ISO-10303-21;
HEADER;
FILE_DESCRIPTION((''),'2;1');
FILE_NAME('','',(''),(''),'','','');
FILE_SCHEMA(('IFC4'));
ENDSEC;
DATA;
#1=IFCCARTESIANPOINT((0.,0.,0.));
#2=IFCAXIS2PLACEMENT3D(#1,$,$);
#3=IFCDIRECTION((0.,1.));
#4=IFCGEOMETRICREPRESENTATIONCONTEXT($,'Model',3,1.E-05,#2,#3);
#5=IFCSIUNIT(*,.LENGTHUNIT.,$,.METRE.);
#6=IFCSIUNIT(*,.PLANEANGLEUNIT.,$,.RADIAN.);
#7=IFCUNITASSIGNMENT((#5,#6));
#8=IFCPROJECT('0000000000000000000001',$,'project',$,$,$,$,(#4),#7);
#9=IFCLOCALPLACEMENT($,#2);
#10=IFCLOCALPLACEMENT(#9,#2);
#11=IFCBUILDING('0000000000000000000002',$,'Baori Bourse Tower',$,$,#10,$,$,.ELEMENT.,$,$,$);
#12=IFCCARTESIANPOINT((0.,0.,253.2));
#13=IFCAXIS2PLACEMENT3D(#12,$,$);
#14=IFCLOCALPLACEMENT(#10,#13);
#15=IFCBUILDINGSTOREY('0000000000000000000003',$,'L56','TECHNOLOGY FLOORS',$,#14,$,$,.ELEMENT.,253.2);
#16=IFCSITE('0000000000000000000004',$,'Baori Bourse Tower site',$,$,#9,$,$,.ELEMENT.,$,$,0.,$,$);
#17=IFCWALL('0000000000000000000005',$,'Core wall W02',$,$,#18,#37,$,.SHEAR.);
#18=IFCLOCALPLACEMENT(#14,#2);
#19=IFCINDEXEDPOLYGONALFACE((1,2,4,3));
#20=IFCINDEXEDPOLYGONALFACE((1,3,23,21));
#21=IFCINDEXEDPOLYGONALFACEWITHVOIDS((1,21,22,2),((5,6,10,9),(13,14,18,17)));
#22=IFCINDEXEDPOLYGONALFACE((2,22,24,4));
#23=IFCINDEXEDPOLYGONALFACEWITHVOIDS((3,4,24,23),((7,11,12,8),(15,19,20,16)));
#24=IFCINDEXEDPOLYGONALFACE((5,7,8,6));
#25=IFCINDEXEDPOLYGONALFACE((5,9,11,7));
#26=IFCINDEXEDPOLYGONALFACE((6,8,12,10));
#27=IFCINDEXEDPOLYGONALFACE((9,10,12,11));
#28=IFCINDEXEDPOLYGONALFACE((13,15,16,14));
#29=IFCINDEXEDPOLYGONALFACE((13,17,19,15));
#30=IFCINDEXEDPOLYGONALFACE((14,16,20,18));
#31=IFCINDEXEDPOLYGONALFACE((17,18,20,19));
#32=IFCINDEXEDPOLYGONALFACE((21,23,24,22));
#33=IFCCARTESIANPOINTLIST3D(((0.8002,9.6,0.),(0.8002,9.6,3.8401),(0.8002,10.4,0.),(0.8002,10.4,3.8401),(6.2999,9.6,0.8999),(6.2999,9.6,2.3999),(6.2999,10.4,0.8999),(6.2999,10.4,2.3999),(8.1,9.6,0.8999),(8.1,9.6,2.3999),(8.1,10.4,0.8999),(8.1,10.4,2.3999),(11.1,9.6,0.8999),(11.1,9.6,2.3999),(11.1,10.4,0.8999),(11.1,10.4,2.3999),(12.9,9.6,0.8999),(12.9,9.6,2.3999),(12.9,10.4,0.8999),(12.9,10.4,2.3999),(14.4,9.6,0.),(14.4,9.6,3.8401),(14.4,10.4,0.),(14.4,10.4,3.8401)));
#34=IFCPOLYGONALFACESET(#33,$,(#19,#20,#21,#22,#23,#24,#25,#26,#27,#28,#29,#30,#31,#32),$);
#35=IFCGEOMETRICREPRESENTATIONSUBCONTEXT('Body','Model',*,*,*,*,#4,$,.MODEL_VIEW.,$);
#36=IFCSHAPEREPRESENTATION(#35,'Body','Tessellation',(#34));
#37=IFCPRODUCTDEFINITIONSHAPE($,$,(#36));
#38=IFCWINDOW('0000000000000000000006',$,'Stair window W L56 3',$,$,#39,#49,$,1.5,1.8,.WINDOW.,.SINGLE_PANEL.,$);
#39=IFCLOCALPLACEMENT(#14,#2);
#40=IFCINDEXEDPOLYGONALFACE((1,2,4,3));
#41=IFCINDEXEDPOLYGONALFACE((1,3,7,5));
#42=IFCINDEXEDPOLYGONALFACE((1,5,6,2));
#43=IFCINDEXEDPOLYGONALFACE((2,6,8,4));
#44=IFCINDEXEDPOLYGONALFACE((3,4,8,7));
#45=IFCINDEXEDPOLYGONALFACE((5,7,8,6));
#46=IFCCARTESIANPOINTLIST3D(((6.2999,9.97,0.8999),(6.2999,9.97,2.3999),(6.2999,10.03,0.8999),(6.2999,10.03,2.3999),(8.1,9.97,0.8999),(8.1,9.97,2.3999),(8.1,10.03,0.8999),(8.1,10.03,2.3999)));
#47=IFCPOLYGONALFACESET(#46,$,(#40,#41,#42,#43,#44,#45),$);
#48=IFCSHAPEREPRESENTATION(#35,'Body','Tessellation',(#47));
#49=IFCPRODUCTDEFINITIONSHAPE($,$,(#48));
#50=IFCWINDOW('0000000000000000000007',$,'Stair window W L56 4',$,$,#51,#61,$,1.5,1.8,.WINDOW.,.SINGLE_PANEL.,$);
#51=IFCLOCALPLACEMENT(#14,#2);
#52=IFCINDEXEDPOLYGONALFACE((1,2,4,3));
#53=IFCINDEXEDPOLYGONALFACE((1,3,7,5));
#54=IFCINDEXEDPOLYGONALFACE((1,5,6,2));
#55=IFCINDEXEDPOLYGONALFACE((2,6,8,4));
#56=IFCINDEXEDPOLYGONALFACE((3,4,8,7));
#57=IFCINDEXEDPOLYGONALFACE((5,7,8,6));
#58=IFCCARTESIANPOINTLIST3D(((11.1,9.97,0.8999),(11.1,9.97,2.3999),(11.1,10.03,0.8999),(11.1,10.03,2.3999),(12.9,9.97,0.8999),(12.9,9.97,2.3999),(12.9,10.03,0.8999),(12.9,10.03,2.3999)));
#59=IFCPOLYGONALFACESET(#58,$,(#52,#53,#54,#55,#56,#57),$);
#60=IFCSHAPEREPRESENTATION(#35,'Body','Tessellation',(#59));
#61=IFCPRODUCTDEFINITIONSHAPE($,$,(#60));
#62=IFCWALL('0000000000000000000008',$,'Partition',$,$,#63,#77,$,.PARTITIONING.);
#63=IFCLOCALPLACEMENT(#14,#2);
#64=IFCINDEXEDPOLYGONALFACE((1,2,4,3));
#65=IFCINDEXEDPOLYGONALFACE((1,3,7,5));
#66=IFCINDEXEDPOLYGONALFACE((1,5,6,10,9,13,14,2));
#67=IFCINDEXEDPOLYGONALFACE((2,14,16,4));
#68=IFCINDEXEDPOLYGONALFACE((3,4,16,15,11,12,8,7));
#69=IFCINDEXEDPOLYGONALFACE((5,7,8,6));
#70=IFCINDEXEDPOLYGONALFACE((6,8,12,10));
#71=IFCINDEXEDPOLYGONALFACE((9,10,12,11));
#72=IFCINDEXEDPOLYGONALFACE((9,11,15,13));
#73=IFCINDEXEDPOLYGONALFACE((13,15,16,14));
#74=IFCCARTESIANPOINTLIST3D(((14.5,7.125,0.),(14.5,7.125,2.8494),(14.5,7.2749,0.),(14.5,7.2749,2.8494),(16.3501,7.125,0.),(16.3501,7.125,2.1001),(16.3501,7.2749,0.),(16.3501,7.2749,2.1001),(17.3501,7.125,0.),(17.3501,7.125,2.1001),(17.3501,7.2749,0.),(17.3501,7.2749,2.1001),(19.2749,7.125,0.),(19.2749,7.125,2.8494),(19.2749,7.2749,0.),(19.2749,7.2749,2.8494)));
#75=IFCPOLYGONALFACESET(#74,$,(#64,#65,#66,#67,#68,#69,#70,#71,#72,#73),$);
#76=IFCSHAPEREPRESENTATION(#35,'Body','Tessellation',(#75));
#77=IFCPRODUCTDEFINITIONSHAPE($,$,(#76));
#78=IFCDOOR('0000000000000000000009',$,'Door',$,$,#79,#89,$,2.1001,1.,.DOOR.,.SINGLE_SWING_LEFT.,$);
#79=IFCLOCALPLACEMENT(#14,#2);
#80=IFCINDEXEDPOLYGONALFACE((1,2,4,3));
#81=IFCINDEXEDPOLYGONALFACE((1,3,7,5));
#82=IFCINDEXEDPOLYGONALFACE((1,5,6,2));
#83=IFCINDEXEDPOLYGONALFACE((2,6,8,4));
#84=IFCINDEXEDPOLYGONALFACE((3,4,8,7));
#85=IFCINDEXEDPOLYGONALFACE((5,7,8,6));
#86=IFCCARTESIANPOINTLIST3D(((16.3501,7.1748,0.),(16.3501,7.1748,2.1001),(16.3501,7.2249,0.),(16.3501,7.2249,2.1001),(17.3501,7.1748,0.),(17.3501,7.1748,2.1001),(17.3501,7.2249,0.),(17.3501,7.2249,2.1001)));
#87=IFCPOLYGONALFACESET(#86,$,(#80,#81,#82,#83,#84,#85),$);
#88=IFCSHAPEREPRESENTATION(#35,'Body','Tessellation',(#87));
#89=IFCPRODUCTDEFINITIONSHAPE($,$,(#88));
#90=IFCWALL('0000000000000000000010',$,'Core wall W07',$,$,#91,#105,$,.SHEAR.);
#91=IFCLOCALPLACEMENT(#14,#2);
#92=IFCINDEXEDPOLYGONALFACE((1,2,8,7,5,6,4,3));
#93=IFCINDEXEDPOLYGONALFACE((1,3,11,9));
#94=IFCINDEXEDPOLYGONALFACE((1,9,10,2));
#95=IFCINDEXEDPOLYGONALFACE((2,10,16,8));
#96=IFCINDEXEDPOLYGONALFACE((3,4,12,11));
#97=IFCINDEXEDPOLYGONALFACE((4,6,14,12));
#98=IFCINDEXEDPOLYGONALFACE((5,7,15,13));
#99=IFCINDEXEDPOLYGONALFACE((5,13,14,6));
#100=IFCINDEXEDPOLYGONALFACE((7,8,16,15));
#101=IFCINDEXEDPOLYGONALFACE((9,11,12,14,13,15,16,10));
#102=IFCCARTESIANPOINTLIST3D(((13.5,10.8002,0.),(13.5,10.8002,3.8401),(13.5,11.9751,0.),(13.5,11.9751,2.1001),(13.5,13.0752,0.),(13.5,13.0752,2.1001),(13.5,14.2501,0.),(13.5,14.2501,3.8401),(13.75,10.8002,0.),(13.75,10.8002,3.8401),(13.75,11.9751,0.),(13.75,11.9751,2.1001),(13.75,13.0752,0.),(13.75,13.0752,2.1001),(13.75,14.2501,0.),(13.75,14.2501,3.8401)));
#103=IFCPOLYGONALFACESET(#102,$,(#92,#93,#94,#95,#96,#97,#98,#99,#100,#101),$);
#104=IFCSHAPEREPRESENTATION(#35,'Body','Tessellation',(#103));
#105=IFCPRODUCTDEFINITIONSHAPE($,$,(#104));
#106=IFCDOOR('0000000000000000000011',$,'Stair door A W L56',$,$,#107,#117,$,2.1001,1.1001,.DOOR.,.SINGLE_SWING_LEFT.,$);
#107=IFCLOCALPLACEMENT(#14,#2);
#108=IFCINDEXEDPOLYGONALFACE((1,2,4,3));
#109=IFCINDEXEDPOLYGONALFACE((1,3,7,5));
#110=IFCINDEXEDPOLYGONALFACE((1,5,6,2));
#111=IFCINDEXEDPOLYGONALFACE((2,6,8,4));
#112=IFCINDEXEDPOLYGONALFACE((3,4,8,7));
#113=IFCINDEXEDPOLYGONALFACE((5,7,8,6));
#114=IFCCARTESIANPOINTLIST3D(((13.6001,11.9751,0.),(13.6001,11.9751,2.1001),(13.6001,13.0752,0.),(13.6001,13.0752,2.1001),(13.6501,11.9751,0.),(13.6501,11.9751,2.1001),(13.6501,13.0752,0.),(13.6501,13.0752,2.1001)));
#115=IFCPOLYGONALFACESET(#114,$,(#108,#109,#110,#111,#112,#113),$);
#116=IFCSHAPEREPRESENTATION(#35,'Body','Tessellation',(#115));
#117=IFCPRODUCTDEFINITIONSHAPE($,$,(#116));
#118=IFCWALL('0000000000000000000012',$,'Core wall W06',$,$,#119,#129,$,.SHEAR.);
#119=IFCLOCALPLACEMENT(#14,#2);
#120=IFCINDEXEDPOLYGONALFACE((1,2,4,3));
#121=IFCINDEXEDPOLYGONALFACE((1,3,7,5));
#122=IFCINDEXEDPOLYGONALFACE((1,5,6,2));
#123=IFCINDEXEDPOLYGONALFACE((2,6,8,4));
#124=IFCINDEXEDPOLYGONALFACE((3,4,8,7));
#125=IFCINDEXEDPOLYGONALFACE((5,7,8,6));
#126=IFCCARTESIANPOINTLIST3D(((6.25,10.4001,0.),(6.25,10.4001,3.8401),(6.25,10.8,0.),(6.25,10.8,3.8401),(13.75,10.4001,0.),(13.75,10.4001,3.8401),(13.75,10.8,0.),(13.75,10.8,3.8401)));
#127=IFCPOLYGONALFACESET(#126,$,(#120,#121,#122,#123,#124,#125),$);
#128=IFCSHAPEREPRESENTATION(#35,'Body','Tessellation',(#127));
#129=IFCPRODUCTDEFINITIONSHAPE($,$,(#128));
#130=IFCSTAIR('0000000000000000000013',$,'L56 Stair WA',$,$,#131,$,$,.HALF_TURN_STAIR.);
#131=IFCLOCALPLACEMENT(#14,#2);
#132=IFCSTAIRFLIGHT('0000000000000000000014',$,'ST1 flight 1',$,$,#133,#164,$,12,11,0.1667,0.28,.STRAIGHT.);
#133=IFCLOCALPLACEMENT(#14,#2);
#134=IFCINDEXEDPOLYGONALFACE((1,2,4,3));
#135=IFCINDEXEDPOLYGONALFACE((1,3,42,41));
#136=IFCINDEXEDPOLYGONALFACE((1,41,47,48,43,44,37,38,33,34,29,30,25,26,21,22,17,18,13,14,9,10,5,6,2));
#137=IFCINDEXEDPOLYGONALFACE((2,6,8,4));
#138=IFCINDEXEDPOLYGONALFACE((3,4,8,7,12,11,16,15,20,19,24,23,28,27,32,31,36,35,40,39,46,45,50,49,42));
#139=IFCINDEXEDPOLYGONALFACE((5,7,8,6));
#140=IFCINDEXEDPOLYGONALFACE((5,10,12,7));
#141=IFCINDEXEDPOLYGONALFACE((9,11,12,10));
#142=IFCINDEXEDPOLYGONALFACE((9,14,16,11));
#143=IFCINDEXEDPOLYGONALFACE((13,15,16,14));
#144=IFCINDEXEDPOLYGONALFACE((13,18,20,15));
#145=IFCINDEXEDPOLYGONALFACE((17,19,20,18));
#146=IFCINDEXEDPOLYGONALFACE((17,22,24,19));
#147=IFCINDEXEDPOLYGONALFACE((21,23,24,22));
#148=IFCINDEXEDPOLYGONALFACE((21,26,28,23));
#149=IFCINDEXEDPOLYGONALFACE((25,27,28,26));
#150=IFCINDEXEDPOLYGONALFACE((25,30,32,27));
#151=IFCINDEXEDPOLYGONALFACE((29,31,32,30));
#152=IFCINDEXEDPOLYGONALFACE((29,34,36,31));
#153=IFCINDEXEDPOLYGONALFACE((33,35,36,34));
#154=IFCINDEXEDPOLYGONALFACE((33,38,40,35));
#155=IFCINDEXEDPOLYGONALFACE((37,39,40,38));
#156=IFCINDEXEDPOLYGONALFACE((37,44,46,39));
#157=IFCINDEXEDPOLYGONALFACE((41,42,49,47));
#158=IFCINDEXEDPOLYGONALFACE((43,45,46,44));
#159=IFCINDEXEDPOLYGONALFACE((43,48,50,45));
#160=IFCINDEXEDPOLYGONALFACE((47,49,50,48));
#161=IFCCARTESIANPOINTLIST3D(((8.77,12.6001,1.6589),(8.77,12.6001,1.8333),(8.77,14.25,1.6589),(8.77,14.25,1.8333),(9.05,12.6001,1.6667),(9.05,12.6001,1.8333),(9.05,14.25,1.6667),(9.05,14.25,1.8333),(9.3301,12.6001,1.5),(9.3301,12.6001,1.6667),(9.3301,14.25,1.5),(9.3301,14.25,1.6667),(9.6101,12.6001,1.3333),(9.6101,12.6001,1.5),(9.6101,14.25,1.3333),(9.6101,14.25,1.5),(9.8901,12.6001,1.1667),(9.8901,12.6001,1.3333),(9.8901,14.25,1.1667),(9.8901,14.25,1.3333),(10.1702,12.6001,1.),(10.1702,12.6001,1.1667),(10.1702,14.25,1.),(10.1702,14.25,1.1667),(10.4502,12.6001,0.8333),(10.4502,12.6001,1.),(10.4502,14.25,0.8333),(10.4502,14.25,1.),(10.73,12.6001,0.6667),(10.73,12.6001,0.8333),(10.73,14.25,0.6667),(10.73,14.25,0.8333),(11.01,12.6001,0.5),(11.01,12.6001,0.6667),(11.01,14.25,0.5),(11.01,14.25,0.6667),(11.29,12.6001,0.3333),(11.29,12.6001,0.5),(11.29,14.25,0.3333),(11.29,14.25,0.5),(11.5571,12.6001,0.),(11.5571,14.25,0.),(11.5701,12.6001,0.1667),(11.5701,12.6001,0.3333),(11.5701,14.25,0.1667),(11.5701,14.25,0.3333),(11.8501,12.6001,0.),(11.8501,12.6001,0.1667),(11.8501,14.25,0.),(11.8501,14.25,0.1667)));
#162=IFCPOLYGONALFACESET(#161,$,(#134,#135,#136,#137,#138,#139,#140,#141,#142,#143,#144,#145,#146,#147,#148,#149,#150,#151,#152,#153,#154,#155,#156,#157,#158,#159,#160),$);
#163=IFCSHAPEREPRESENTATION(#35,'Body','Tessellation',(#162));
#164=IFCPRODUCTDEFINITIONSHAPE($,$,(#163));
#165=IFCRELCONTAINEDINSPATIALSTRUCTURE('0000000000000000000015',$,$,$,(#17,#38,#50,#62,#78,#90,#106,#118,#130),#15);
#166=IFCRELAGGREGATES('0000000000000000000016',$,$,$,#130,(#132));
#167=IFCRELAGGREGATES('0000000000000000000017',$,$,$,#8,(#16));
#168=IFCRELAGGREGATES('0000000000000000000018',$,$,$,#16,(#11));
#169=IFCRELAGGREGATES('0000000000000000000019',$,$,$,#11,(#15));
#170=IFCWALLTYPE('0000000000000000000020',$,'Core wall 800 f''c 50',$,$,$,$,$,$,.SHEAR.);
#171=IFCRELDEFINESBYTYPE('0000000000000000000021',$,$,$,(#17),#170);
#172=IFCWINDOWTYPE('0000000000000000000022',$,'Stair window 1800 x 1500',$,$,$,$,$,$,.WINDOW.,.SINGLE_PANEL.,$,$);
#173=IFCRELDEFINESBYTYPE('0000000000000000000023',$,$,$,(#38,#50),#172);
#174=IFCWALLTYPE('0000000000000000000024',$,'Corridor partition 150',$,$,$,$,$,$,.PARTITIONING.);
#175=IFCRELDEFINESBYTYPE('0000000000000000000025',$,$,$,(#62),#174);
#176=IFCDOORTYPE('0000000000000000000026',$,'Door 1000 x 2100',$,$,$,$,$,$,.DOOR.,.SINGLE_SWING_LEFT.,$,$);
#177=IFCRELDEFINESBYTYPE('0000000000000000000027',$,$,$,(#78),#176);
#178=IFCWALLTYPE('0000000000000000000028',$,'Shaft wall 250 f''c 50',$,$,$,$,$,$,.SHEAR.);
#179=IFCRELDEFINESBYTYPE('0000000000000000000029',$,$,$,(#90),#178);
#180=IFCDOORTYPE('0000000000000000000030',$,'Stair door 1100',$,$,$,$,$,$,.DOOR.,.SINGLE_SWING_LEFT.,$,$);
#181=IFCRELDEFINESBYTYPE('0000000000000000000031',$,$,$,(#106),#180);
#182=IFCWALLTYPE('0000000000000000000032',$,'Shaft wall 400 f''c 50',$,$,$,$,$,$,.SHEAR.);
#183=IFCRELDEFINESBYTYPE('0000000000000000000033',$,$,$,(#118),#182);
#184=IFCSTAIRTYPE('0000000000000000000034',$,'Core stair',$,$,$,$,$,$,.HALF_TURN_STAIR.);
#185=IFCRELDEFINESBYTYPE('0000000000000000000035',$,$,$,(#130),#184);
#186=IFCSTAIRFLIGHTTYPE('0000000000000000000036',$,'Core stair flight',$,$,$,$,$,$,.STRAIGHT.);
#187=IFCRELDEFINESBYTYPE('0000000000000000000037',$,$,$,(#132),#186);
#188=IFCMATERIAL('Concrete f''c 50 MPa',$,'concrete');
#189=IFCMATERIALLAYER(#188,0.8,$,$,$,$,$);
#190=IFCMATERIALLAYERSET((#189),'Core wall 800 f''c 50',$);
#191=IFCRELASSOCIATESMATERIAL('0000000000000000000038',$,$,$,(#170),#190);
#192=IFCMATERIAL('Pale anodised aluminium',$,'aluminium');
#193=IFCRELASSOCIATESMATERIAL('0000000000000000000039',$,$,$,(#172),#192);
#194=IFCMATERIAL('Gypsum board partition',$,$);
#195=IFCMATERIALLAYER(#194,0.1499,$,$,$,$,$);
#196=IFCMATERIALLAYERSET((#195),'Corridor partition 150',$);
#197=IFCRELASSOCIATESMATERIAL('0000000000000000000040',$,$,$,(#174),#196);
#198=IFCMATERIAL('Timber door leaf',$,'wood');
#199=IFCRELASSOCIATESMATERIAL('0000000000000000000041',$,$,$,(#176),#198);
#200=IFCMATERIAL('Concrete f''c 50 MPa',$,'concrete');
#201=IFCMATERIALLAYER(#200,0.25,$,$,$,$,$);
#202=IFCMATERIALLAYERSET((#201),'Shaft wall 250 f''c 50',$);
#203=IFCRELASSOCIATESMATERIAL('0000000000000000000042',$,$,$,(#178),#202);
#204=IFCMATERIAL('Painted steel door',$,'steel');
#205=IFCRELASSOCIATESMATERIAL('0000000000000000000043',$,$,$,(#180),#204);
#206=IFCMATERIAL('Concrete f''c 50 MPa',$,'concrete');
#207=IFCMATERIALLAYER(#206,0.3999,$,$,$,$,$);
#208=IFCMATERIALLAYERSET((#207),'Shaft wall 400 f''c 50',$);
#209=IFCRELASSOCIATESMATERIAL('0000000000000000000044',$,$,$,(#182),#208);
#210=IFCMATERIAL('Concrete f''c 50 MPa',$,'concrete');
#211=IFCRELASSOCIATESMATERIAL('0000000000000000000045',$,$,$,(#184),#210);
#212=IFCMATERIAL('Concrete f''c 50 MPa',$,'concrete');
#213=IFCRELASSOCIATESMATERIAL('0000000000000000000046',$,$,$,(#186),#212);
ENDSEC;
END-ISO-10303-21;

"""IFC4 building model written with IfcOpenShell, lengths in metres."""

from ifc_helpers import new_model, si_unit, direction, frame, frame_2d, origin, place, context, subcontext, project, spatial, polyline, rectangle, outline, extrude, material, layer, layer_set, type_object, element, fill, aggregate, save


model = new_model("IFC4")

# Units and contexts
model_context = context("Model", 3, precision=1e-05, world=origin(), true_north=direction((0.0, 1.0)))
body_context = subcontext(model_context, "Body", "Model", "MODEL_VIEW")
ifc_project = project(units=[si_unit("LENGTHUNIT", "METRE"), si_unit("PLANEANGLEUNIT", "RADIAN")], contexts=[model_context])

# Site, building, storey
site_placement = place(None, origin())
site = spatial("IfcSite", under=ifc_project, at=site_placement, Name="Baori Bourse Tower site", CompositionType="ELEMENT", RefElevation=0.0)
building_placement = place(site_placement, origin())
building = spatial("IfcBuilding", under=site, at=building_placement, Name="Baori Bourse Tower", CompositionType="ELEMENT")
storey_placement = place(building_placement, frame((0.0, 0.0, 253.2)))
storey = spatial("IfcBuildingStorey", under=building, at=storey_placement, Name="L56", Description="TECHNOLOGY FLOORS", CompositionType="ELEMENT", Elevation=253.2)

# Wall, openings, windows
ifc_material_1 = material(Name="Concrete f'c 50 MPa", Category="concrete")
ifc_layer_1 = layer(ifc_material_1, 0.8)
ifc_layer_set_1 = layer_set([ifc_layer_1], Name="Core wall 800 f'c 50")
wall_type_1 = type_object("IfcWallType", Name="Core wall 800 f'c 50", PredefinedType="SHEAR", material=ifc_layer_set_1)
wall_1_placement = place(storey_placement, frame((14.3999, 10.0, 0.0), z_axis=(0.0, 0.0, 1.0), x_axis=(-1.0, 0.0, 0.0)))
wall_1 = element("IfcWall", 1, at=wall_1_placement, inside=storey, type_object=wall_type_1, Name="Core wall W02", PredefinedType="SHEAR", context=body_context, shape_type="SweptSolid", body=[
    extrude(rectangle(XDim=13.5999, YDim=0.8, at=frame_2d((6.7998, 0.0))), origin(), (0.0, 0.0, 1.0), 3.8401),
])
opening_1_placement = place(wall_1_placement, frame((6.3, 0.0, 0.8999)))
opening_1 = element("IfcOpeningElement", 2, at=opening_1_placement, cuts=wall_1, PredefinedType="OPENING", context=body_context, shape_type="SweptSolid", body=[
    extrude(rectangle(XDim=1.8, YDim=1.5, at=frame_2d((0.8999, 0.75))), frame((0.0, 0.4099, 0.0), z_axis=(0.0, -1.0, 0.0), x_axis=(1.0, 0.0, 0.0)), (0.0, 0.0, 1.0), 0.8201),
])
opening_2_placement = place(wall_1_placement, frame((1.5, 0.0, 0.8999)))
opening_2 = element("IfcOpeningElement", 3, at=opening_2_placement, cuts=wall_1, PredefinedType="OPENING", context=body_context, shape_type="SweptSolid", body=[
    extrude(rectangle(XDim=1.8, YDim=1.5, at=frame_2d((0.8999, 0.75))), frame((0.0, 0.4099, 0.0), z_axis=(0.0, -1.0, 0.0), x_axis=(1.0, 0.0, 0.0)), (0.0, 0.0, 1.0), 0.8201),
])
ifc_material_2 = material(Name="Pale anodised aluminium", Category="aluminium")
window_type = type_object("IfcWindowType", Name="Stair window 1800 x 1500", PartitioningType="SINGLE_PANEL", PredefinedType="WINDOW", material=ifc_material_2)
window_1_placement = place(opening_1_placement, origin())
window_1 = element("IfcWindow", 4, at=window_1_placement, inside=storey, type_object=window_type, Name="Stair window W L56 3", OverallHeight=1.5, OverallWidth=1.8, PartitioningType="SINGLE_PANEL", PredefinedType="WINDOW", context=body_context, shape_type="SweptSolid", body=[
    extrude(rectangle(XDim=1.8, YDim=1.5, at=frame_2d((0.8999, 0.75))), frame((0.0, 0.03, 0.0), z_axis=(0.0, -1.0, 0.0), x_axis=(1.0, 0.0, 0.0)), (0.0, 0.0, 1.0), 0.0601),
])
fill(opening_1, window_1)
window_2_placement = place(opening_2_placement, origin())
window_2 = element("IfcWindow", 5, at=window_2_placement, inside=storey, type_object=window_type, Name="Stair window W L56 4", OverallHeight=1.5, OverallWidth=1.8, PartitioningType="SINGLE_PANEL", PredefinedType="WINDOW", context=body_context, shape_type="SweptSolid", body=[
    extrude(rectangle(XDim=1.8, YDim=1.5, at=frame_2d((0.8999, 0.75))), frame((0.0, 0.03, 0.0), z_axis=(0.0, -1.0, 0.0), x_axis=(1.0, 0.0, 0.0)), (0.0, 0.0, 1.0), 0.0601),
])
fill(opening_2, window_2)

# Walls, openings, doors
ifc_material_3 = material(Name="Gypsum board partition")
ifc_layer_2 = layer(ifc_material_3, 0.1499)
ifc_layer_set_2 = layer_set([ifc_layer_2], Name="Corridor partition 150")
wall_type_2 = type_object("IfcWallType", Name="Corridor partition 150", PredefinedType="PARTITIONING", material=ifc_layer_set_2)
wall_2_placement = place(storey_placement, frame((14.5, 7.2, 0.0), z_axis=(0.0, 0.0, 1.0), x_axis=(1.0, 0.0, 0.0)))
wall_2 = element("IfcWall", 6, at=wall_2_placement, inside=storey, type_object=wall_type_2, Name="Partition", PredefinedType="PARTITIONING", context=body_context, shape_type="SweptSolid", body=[
    extrude(rectangle(XDim=4.7749, YDim=0.1499, at=frame_2d((2.3875, 0.0))), origin(), (0.0, 0.0, 1.0), 2.8494),
])
opening_3_placement = place(wall_2_placement, frame((1.8501, 0.0, 0.0)))
opening_3 = element("IfcOpeningElement", 7, at=opening_3_placement, cuts=wall_2, PredefinedType="OPENING", context=body_context, shape_type="SweptSolid", body=[
    extrude(rectangle(XDim=1.0, YDim=2.1001, at=frame_2d((0.5, 1.05))), frame((0.0, 0.085, 0.0), z_axis=(0.0, -1.0, 0.0), x_axis=(1.0, 0.0, 0.0)), (0.0, 0.0, 1.0), 0.1699),
])
ifc_material_4 = material(Name="Timber door leaf", Category="wood")
door_type_1 = type_object("IfcDoorType", Name="Door 1000 x 2100", OperationType="SINGLE_SWING_LEFT", PredefinedType="DOOR", material=ifc_material_4)
door_1_placement = place(opening_3_placement, origin())
door_1 = element("IfcDoor", 8, at=door_1_placement, inside=storey, type_object=door_type_1, Name="Door", OperationType="SINGLE_SWING_LEFT", OverallHeight=2.1001, OverallWidth=1.0, PredefinedType="DOOR", context=body_context, shape_type="SweptSolid", body=[
    extrude(rectangle(XDim=1.0, YDim=2.1001, at=frame_2d((0.5, 1.05))), frame((0.0, 0.0249, 0.0), z_axis=(0.0, -1.0, 0.0), x_axis=(1.0, 0.0, 0.0)), (0.0, 0.0, 1.0), 0.05),
])
fill(opening_3, door_1)
ifc_material_5 = material(Name="Concrete f'c 50 MPa", Category="concrete")
ifc_layer_3 = layer(ifc_material_5, 0.25)
ifc_layer_set_3 = layer_set([ifc_layer_3], Name="Shaft wall 250 f'c 50")
wall_type_3 = type_object("IfcWallType", Name="Shaft wall 250 f'c 50", PredefinedType="SHEAR", material=ifc_layer_set_3)
wall_3_placement = place(storey_placement, frame((13.625, 10.8, 0.0), z_axis=(0.0, 0.0, 1.0), x_axis=(0.0, 1.0, 0.0)))
wall_3 = element("IfcWall", 9, at=wall_3_placement, inside=storey, type_object=wall_type_3, Name="Core wall W07", PredefinedType="SHEAR", context=body_context, shape_type="SweptSolid", body=[
    extrude(rectangle(XDim=3.45, YDim=0.25, at=frame_2d((1.7251, 0.0))), origin(), (0.0, 0.0, 1.0), 3.8401),
])
opening_4_placement = place(wall_3_placement, frame((1.175, 0.0, 0.0)))
opening_4 = element("IfcOpeningElement", 10, at=opening_4_placement, cuts=wall_3, PredefinedType="OPENING", context=body_context, shape_type="SweptSolid", body=[
    extrude(rectangle(XDim=1.1001, YDim=2.1001, at=frame_2d((0.55, 1.05))), frame((0.0, 0.135, 0.0), z_axis=(0.0, -1.0, 0.0), x_axis=(1.0, 0.0, 0.0)), (0.0, 0.0, 1.0), 0.27),
])
ifc_material_6 = material(Name="Painted steel door", Category="steel")
door_type_2 = type_object("IfcDoorType", Name="Stair door 1100", OperationType="SINGLE_SWING_LEFT", PredefinedType="DOOR", material=ifc_material_6)
door_2_placement = place(opening_4_placement, origin())
door_2 = element("IfcDoor", 11, at=door_2_placement, inside=storey, type_object=door_type_2, Name="Stair door A W L56", OperationType="SINGLE_SWING_LEFT", OverallHeight=2.1001, OverallWidth=1.1001, PredefinedType="DOOR", context=body_context, shape_type="SweptSolid", body=[
    extrude(rectangle(XDim=1.1001, YDim=2.1001, at=frame_2d((0.55, 1.05))), frame((0.0, 0.0249, 0.0), z_axis=(0.0, -1.0, 0.0), x_axis=(1.0, 0.0, 0.0)), (0.0, 0.0, 1.0), 0.05),
])
fill(opening_4, door_2)

# Wall
ifc_material_7 = material(Name="Concrete f'c 50 MPa", Category="concrete")
ifc_layer_4 = layer(ifc_material_7, 0.3999)
ifc_layer_set_4 = layer_set([ifc_layer_4], Name="Shaft wall 400 f'c 50")
wall_type_4 = type_object("IfcWallType", Name="Shaft wall 400 f'c 50", PredefinedType="SHEAR", material=ifc_layer_set_4)
wall_4_placement = place(storey_placement, frame((6.25, 10.6001, 0.0), z_axis=(0.0, 0.0, 1.0), x_axis=(1.0, 0.0, 0.0)))
element("IfcWall", 12, at=wall_4_placement, inside=storey, type_object=wall_type_4, Name="Core wall W06", PredefinedType="SHEAR", context=body_context, shape_type="SweptSolid", body=[
    extrude(rectangle(XDim=7.5, YDim=0.3999, at=frame_2d((3.75, 0.0))), origin(), (0.0, 0.0, 1.0), 3.8401),
])

# Stair, stair flight
ifc_material_8 = material(Name="Concrete f'c 50 MPa", Category="concrete")
stair_type = type_object("IfcStairType", Name="Core stair", PredefinedType="HALF_TURN_STAIR", material=ifc_material_8)
stair_placement = place(storey_placement, origin())
stair = element("IfcStair", 13, at=stair_placement, inside=storey, type_object=stair_type, Name="L56 Stair WA", PredefinedType="HALF_TURN_STAIR")
ifc_material_9 = material(Name="Concrete f'c 50 MPa", Category="concrete")
stair_flight_type = type_object("IfcStairFlightType", Name="Core stair flight", PredefinedType="STRAIGHT", material=ifc_material_9)
stair_flight_1_placement = place(storey_placement, frame((11.8501, 13.425, 0.0), z_axis=(0.0, 0.0, 1.0), x_axis=(-1.0, 0.0, 0.0)))
stair_flight_1 = element("IfcStairFlight", 14, at=stair_flight_1_placement, type_object=stair_flight_type, Name="ST1 flight 1", NumberOfRisers=12, NumberOfTreads=11, PredefinedType="STRAIGHT", RiserHeight=0.1667, TreadLength=0.28, context=body_context, shape_type="SweptSolid", body=[
    extrude(outline(polyline([(0.0, 0.0), (0.0, 0.1667), (0.28, 0.1667), (0.28, 0.3333), (0.5601, 0.3333), (0.5601, 0.5), (0.8401, 0.5), (0.8401, 0.6667), (1.1201, 0.6667), (1.1201, 0.8333), (1.3999, 0.8333), (1.3999, 1.0), (1.6799, 1.0), (1.6799, 1.1667), (1.96, 1.1667), (1.96, 1.3333), (2.24, 1.3333), (2.24, 1.5), (2.52, 1.5), (2.52, 1.6667), (2.8, 1.6667), (2.8, 1.8333), (3.0801, 1.8333), (3.0801, 2.0), (3.0801, 1.6589), (0.293, 0.0), (0.0, 0.0)])), frame((0.0, 0.825, 0.0), z_axis=(0.0, -1.0, 0.0), x_axis=(1.0, 0.0, 0.0)), (0.0, 0.0, 1.0), 1.6499),
])
aggregate(stair, [stair_flight_1])

save(model, "model.ifc")
